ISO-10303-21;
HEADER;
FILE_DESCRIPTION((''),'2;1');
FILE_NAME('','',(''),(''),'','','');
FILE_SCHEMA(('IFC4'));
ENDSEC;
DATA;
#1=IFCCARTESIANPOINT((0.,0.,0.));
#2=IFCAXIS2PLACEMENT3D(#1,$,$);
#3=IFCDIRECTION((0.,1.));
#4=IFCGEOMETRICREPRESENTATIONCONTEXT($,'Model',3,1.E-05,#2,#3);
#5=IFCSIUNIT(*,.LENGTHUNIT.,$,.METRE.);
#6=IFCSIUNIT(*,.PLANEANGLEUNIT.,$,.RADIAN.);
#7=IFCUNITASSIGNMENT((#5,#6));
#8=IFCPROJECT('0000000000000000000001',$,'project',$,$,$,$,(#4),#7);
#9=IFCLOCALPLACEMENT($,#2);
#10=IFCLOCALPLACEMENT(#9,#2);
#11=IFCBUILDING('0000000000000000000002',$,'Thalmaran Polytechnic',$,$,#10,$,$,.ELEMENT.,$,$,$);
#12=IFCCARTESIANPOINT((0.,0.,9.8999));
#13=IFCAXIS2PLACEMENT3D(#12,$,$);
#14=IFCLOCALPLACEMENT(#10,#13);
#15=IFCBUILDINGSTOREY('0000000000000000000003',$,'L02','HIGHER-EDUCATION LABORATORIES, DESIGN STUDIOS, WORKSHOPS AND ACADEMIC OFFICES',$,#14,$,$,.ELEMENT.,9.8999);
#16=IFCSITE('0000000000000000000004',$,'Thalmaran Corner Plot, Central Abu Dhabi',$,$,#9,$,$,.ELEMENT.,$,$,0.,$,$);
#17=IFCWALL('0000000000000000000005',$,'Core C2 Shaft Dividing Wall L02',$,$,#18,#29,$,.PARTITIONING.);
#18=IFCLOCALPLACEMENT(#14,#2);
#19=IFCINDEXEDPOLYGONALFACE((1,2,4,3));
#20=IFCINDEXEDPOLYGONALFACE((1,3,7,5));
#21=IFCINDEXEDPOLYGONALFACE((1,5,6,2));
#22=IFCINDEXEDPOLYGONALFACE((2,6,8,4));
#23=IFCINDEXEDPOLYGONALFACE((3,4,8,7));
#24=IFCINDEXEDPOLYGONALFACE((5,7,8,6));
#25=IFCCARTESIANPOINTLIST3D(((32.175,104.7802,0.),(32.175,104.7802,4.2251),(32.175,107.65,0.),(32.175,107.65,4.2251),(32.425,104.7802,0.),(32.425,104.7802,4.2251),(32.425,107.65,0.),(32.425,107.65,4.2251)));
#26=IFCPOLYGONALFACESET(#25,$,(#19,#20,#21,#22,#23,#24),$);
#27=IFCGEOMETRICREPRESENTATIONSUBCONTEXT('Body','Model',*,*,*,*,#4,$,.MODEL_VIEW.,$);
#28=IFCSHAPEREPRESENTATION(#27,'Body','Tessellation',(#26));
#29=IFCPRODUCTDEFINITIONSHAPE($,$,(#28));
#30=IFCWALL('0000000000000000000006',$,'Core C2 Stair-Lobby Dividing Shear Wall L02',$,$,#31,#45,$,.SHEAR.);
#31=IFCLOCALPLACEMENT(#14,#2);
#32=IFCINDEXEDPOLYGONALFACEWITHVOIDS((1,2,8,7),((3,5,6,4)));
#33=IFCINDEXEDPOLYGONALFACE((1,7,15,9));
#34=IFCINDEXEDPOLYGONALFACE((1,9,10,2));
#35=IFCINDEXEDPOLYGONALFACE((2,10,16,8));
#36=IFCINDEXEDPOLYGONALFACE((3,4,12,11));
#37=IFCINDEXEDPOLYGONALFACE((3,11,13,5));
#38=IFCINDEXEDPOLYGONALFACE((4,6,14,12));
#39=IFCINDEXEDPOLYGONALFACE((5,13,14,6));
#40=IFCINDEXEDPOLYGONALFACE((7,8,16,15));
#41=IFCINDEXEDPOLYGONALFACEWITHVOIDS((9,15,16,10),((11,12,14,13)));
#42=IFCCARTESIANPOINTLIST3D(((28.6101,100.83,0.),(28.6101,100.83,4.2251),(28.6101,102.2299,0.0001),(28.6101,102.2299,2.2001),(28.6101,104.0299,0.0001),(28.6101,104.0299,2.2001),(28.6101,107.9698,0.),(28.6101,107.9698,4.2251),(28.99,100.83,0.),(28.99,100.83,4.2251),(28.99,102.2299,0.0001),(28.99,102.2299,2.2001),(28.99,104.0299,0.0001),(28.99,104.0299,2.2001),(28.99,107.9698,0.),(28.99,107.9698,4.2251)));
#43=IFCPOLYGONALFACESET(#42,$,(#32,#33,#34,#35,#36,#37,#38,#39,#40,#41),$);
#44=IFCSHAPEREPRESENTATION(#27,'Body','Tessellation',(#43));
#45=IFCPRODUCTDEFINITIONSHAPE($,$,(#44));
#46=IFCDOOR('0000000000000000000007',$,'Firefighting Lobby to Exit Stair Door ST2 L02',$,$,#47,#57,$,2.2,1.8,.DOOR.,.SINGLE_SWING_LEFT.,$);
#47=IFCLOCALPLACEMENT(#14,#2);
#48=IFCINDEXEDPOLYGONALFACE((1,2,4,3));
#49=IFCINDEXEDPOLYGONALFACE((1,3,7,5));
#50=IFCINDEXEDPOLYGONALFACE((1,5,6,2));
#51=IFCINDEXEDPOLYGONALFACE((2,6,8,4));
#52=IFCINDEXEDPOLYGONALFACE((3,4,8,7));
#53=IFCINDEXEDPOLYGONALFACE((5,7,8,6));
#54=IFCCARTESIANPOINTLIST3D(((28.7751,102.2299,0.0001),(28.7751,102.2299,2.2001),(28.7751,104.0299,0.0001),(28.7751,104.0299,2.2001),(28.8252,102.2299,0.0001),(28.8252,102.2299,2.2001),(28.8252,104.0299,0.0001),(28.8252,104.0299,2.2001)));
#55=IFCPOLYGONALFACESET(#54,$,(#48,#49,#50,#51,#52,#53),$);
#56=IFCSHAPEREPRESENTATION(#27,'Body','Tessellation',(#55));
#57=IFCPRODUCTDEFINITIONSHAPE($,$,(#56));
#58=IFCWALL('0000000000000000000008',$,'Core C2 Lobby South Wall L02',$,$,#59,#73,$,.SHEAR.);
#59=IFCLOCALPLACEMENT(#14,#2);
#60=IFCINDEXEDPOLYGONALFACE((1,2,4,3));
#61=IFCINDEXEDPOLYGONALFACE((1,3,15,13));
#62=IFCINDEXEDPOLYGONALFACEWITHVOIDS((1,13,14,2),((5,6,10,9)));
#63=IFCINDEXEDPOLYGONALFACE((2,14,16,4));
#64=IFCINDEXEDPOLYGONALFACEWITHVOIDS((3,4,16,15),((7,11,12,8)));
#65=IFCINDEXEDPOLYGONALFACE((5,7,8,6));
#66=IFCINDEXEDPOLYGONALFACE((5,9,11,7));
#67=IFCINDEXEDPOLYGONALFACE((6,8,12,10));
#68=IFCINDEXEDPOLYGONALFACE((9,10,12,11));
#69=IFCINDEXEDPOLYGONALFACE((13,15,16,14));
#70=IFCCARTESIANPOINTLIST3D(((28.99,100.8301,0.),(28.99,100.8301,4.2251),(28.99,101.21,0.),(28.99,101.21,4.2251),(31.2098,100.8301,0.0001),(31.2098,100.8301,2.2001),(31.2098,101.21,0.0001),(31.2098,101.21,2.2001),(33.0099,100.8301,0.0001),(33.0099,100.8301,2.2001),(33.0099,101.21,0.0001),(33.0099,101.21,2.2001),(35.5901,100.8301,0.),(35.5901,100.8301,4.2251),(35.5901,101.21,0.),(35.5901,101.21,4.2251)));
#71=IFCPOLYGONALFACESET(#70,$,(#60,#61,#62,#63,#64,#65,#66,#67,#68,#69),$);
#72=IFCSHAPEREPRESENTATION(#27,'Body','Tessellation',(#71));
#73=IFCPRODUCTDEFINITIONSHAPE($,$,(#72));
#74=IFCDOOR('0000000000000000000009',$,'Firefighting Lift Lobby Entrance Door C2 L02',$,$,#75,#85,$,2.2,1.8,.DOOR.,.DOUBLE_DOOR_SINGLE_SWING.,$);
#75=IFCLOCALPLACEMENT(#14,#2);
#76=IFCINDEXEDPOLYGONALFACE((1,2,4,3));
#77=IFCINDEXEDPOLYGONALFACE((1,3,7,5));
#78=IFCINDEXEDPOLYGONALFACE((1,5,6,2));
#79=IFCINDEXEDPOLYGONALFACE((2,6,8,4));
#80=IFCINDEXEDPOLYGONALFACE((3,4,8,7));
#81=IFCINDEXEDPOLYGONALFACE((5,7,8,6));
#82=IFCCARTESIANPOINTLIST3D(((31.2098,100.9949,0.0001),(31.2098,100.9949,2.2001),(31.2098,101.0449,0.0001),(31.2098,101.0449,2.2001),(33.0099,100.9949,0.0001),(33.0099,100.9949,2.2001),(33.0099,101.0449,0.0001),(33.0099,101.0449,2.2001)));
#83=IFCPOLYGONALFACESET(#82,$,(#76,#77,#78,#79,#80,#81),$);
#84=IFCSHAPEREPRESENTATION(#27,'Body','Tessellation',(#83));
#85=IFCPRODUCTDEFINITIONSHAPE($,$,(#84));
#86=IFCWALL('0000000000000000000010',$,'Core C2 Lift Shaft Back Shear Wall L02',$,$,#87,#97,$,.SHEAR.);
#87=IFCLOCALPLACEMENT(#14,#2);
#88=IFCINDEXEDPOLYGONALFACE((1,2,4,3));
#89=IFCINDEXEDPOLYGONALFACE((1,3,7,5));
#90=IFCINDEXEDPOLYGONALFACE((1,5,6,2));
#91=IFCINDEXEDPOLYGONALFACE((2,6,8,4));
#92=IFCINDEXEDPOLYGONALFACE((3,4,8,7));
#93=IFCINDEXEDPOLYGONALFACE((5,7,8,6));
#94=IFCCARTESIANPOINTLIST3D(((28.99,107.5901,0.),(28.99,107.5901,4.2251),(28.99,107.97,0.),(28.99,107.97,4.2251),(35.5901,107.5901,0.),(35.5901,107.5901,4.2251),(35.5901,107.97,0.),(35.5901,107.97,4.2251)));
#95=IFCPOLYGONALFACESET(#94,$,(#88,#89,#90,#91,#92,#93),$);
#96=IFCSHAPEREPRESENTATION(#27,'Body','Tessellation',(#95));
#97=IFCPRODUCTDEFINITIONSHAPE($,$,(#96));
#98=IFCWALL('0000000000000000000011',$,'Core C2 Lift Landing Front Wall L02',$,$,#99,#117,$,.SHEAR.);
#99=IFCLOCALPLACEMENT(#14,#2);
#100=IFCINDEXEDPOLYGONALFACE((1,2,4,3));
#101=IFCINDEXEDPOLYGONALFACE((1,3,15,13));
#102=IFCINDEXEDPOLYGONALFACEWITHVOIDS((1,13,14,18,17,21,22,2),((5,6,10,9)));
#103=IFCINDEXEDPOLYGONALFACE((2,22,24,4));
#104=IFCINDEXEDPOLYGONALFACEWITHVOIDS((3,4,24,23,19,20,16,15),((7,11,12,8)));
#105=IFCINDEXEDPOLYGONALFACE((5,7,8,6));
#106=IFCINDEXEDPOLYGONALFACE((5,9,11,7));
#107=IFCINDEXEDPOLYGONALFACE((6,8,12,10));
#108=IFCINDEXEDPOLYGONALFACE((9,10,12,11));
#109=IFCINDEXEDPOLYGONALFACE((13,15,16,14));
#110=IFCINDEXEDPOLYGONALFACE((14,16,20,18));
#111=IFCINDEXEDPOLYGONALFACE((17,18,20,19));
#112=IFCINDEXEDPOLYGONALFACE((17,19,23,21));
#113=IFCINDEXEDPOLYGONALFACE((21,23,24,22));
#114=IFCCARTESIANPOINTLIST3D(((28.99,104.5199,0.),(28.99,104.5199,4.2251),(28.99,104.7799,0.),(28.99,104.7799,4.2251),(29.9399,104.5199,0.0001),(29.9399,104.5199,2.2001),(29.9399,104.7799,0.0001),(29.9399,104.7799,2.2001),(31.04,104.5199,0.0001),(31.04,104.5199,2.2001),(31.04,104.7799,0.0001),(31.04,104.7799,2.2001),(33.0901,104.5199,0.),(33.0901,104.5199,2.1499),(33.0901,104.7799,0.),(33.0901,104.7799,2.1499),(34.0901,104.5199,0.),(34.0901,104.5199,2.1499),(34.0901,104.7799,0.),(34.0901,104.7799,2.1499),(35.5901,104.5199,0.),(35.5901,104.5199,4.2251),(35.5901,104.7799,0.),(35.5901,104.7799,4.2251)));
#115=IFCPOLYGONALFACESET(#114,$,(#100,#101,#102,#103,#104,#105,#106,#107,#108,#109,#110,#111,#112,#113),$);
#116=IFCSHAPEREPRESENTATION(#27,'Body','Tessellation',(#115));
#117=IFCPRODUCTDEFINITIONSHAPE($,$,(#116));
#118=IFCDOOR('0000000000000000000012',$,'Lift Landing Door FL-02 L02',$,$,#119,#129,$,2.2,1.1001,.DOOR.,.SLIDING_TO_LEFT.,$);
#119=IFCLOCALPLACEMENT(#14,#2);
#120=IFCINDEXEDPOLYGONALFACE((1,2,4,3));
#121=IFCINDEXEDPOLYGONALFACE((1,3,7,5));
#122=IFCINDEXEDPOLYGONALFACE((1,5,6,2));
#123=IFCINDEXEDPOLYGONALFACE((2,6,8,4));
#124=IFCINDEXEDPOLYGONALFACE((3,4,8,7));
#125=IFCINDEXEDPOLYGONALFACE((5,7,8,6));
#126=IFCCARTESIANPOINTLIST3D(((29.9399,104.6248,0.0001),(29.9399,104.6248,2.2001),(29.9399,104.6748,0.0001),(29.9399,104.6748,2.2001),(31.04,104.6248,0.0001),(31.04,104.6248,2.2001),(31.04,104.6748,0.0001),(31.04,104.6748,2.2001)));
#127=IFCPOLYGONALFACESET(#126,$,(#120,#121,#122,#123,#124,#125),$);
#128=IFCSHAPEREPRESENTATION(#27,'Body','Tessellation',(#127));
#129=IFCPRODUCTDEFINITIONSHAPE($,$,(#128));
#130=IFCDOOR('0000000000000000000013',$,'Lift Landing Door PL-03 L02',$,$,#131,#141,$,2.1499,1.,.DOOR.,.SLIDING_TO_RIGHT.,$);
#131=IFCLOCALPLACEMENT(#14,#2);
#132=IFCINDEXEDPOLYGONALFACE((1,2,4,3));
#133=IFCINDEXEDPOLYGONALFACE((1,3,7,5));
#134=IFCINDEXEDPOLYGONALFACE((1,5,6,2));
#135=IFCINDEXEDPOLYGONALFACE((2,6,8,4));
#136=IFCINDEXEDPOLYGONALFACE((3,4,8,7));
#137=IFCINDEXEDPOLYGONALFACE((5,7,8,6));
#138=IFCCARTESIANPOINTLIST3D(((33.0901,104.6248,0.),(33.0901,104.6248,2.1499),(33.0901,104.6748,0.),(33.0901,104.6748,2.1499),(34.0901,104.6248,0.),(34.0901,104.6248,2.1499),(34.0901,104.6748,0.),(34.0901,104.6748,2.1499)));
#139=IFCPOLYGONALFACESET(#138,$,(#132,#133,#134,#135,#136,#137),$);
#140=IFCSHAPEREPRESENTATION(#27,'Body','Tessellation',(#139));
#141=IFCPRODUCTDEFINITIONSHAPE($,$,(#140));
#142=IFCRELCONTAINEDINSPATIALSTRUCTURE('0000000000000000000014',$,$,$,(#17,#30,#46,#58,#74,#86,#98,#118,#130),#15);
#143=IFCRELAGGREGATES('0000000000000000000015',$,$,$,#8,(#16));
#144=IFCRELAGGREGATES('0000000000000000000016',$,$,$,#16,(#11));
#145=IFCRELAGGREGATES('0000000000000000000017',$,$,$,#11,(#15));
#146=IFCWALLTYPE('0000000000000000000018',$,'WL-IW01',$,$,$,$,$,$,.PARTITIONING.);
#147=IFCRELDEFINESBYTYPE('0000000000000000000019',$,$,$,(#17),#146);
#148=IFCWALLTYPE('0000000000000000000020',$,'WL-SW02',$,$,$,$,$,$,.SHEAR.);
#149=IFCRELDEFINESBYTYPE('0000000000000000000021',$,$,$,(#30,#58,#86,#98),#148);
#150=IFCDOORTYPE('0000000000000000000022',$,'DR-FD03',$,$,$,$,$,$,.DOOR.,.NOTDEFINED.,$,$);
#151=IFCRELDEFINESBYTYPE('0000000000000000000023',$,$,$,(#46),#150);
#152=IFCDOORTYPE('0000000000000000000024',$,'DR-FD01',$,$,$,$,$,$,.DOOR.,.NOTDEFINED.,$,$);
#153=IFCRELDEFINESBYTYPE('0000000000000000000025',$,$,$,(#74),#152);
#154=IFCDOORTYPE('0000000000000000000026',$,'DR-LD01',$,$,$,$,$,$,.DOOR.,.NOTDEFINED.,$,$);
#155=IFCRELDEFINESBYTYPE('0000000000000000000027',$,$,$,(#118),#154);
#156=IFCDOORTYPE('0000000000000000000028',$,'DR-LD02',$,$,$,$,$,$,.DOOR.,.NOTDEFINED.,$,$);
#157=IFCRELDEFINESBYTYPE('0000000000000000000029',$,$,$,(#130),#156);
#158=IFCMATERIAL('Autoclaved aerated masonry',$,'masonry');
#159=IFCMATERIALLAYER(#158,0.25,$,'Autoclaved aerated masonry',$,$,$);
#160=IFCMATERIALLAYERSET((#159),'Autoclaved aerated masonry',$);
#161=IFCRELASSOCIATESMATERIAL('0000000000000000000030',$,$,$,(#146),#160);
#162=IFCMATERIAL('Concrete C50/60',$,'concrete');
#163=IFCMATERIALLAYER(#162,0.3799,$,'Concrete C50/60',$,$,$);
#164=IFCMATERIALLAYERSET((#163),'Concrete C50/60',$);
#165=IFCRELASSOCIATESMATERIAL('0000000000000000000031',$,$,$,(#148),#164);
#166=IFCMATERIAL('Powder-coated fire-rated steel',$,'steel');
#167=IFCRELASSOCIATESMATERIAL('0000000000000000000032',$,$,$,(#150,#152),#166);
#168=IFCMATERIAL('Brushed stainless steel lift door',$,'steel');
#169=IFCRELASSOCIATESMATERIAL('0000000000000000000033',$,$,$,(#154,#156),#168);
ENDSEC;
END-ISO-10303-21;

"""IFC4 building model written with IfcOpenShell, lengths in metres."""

from ifc_helpers import new_model, si_unit, direction, frame, frame_2d, origin, place, context, subcontext, project, spatial, rectangle, extrude, material, layer, layer_set, type_object, element, fill, save


model = new_model("IFC4")

# Units and contexts
model_context = context("Model", 3, precision=1e-05, world=origin(), true_north=direction((0.0, 1.0)))
body_context = subcontext(model_context, "Body", "Model", "MODEL_VIEW")
ifc_project = project(units=[si_unit("LENGTHUNIT", "METRE"), si_unit("PLANEANGLEUNIT", "RADIAN")], contexts=[model_context])

# Site, building, storey
site_placement = place(None, origin())
site = spatial("IfcSite", under=ifc_project, at=site_placement, Name="Thalmaran Corner Plot, Central Abu Dhabi", CompositionType="ELEMENT", RefElevation=0.0)
building_placement = place(site_placement, origin())
building = spatial("IfcBuilding", under=site, at=building_placement, Name="Thalmaran Polytechnic", CompositionType="ELEMENT")
storey_placement = place(building_placement, frame((0.0, 0.0, 9.8999)))
storey = spatial("IfcBuildingStorey", under=building, at=storey_placement, Name="L02", Description="HIGHER-EDUCATION LABORATORIES, DESIGN STUDIOS, WORKSHOPS AND ACADEMIC OFFICES", CompositionType="ELEMENT", Elevation=9.8999)

# Shared definitions
ifc_material_1 = material(Name="Concrete C50/60", Category="concrete")

# Wall
ifc_material_2 = material(Name="Autoclaved aerated masonry", Category="masonry")
ifc_layer_1 = layer(ifc_material_2, 0.25, Name="Autoclaved aerated masonry")
ifc_layer_set_1 = layer_set([ifc_layer_1], Name="Autoclaved aerated masonry")
wall_type_1 = type_object("IfcWallType", Name="WL-IW01", PredefinedType="PARTITIONING", material=ifc_layer_set_1)
wall_1_placement = place(storey_placement, frame((32.3, 104.78, 0.0), z_axis=(0.0, 0.0, 1.0), x_axis=(0.0, 1.0, 0.0)))
element("IfcWall", 1, at=wall_1_placement, inside=storey, type_object=wall_type_1, Name="Core C2 Shaft Dividing Wall L02", PredefinedType="PARTITIONING", context=body_context, shape_type="SweptSolid", body=[
    extrude(rectangle(XDim=2.8699, YDim=0.25, at=frame_2d((1.4351, 0.0))), origin(), (0.0, 0.0, 1.0), 4.2251),
])

# Walls, openings, doors
ifc_layer_2 = layer(ifc_material_1, 0.3799, Name="Concrete C50/60")
ifc_layer_set_2 = layer_set([ifc_layer_2], Name="Concrete C50/60")
wall_type_2 = type_object("IfcWallType", Name="WL-SW02", PredefinedType="SHEAR", material=ifc_layer_set_2)
wall_2_placement = place(storey_placement, frame((28.8, 100.8301, 0.0), z_axis=(0.0, 0.0, 1.0), x_axis=(0.0, 1.0, 0.0)))
wall_2 = element("IfcWall", 2, at=wall_2_placement, inside=storey, type_object=wall_type_2, Name="Core C2 Stair-Lobby Dividing Shear Wall L02", PredefinedType="SHEAR", context=body_context, shape_type="SweptSolid", body=[
    extrude(rectangle(XDim=7.1399, YDim=0.3799, at=frame_2d((3.5698, 0.0))), origin(), (0.0, 0.0, 1.0), 4.2251),
])
opening_1_placement = place(wall_2_placement, frame((1.3999, 0.0, 0.0)))
opening_1 = element("IfcOpeningElement", 3, at=opening_1_placement, cuts=wall_2, PredefinedType="OPENING", context=body_context, shape_type="SweptSolid", body=[
    extrude(rectangle(XDim=1.8, YDim=2.2, at=frame_2d((0.8999, 1.1001))), frame((0.0, 0.2, 0.0), z_axis=(0.0, -1.0, 0.0), x_axis=(1.0, 0.0, 0.0)), (0.0, 0.0, 1.0), 0.3999),
])
ifc_material_3 = material(Name="Powder-coated fire-rated steel", Category="steel")
door_type_1 = type_object("IfcDoorType", Name="DR-FD03", OperationType="NOTDEFINED", PredefinedType="DOOR", material=ifc_material_3)
door_1_placement = place(opening_1_placement, origin())
door_1 = element("IfcDoor", 4, at=door_1_placement, inside=storey, type_object=door_type_1, Name="Firefighting Lobby to Exit Stair Door ST2 L02", OperationType="SINGLE_SWING_LEFT", OverallHeight=2.2, OverallWidth=1.8, PredefinedType="DOOR", context=body_context, shape_type="SweptSolid", body=[
    extrude(rectangle(XDim=1.8, YDim=2.2, at=frame_2d((0.8999, 1.1001))), frame((0.0, 0.0249, 0.0), z_axis=(0.0, -1.0, 0.0), x_axis=(1.0, 0.0, 0.0)), (0.0, 0.0, 1.0), 0.05),
])
fill(opening_1, door_1)
wall_3_placement = place(storey_placement, frame((28.99, 101.02, 0.0), z_axis=(0.0, 0.0, 1.0), x_axis=(1.0, 0.0, 0.0)))
wall_3 = element("IfcWall", 5, at=wall_3_placement, inside=storey, type_object=wall_type_2, Name="Core C2 Lobby South Wall L02", PredefinedType="SHEAR", context=body_context, shape_type="SweptSolid", body=[
    extrude(rectangle(XDim=6.6001, YDim=0.3799, at=frame_2d((3.3, 0.0))), origin(), (0.0, 0.0, 1.0), 4.2251),
])
opening_2_placement = place(wall_3_placement, frame((2.22, 0.0, 0.0)))
opening_2 = element("IfcOpeningElement", 6, at=opening_2_placement, cuts=wall_3, PredefinedType="OPENING", context=body_context, shape_type="SweptSolid", body=[
    extrude(rectangle(XDim=1.8, YDim=2.2, at=frame_2d((0.8999, 1.1001))), frame((0.0, 0.2, 0.0), z_axis=(0.0, -1.0, 0.0), x_axis=(1.0, 0.0, 0.0)), (0.0, 0.0, 1.0), 0.3999),
])
door_type_2 = type_object("IfcDoorType", Name="DR-FD01", OperationType="NOTDEFINED", PredefinedType="DOOR", material=ifc_material_3)
door_2_placement = place(opening_2_placement, origin())
door_2 = element("IfcDoor", 7, at=door_2_placement, inside=storey, type_object=door_type_2, Name="Firefighting Lift Lobby Entrance Door C2 L02", OperationType="DOUBLE_DOOR_SINGLE_SWING", OverallHeight=2.2, OverallWidth=1.8, PredefinedType="DOOR", context=body_context, shape_type="SweptSolid", body=[
    extrude(rectangle(XDim=1.8, YDim=2.2, at=frame_2d((0.8999, 1.1001))), frame((0.0, 0.0249, 0.0), z_axis=(0.0, -1.0, 0.0), x_axis=(1.0, 0.0, 0.0)), (0.0, 0.0, 1.0), 0.05),
])
fill(opening_2, door_2)

# Wall
wall_4_placement = place(storey_placement, frame((28.99, 107.78, 0.0), z_axis=(0.0, 0.0, 1.0), x_axis=(1.0, 0.0, 0.0)))
element("IfcWall", 8, at=wall_4_placement, inside=storey, type_object=wall_type_2, Name="Core C2 Lift Shaft Back Shear Wall L02", PredefinedType="SHEAR", context=body_context, shape_type="SweptSolid", body=[
    extrude(rectangle(XDim=6.6001, YDim=0.3799, at=frame_2d((3.3, 0.0))), origin(), (0.0, 0.0, 1.0), 4.2251),
])

# Wall, openings, doors
wall_5_placement = place(storey_placement, frame((28.99, 104.6499, 0.0), z_axis=(0.0, 0.0, 1.0), x_axis=(1.0, 0.0, 0.0)))
wall_5 = element("IfcWall", 9, at=wall_5_placement, inside=storey, type_object=wall_type_2, Name="Core C2 Lift Landing Front Wall L02", PredefinedType="SHEAR", context=body_context, shape_type="SweptSolid", body=[
    extrude(rectangle(XDim=6.6001, YDim=0.26, at=frame_2d((3.3, 0.0))), origin(), (0.0, 0.0, 1.0), 4.2251),
])
opening_3_placement = place(wall_5_placement, frame((0.95, 0.0, 0.0)))
opening_3 = element("IfcOpeningElement", 10, at=opening_3_placement, cuts=wall_5, PredefinedType="OPENING", context=body_context, shape_type="SweptSolid", body=[
    extrude(rectangle(XDim=1.1001, YDim=2.2, at=frame_2d((0.55, 1.1001))), frame((0.0, 0.1399, 0.0), z_axis=(0.0, -1.0, 0.0), x_axis=(1.0, 0.0, 0.0)), (0.0, 0.0, 1.0), 0.28),
])
opening_4_placement = place(wall_5_placement, frame((4.1001, 0.0, 0.0)))
opening_4 = element("IfcOpeningElement", 11, at=opening_4_placement, cuts=wall_5, PredefinedType="OPENING", context=body_context, shape_type="SweptSolid", body=[
    extrude(rectangle(XDim=1.0, YDim=2.1499, at=frame_2d((0.5, 1.075))), frame((0.0, 0.1399, 0.0), z_axis=(0.0, -1.0, 0.0), x_axis=(1.0, 0.0, 0.0)), (0.0, 0.0, 1.0), 0.28),
])
ifc_material_4 = material(Name="Brushed stainless steel lift door", Category="steel")
door_type_3 = type_object("IfcDoorType", Name="DR-LD01", OperationType="NOTDEFINED", PredefinedType="DOOR", material=ifc_material_4)
door_3_placement = place(opening_3_placement, origin())
door_3 = element("IfcDoor", 12, at=door_3_placement, inside=storey, type_object=door_type_3, Name="Lift Landing Door FL-02 L02", OperationType="SLIDING_TO_LEFT", OverallHeight=2.2, OverallWidth=1.1001, PredefinedType="DOOR", context=body_context, shape_type="SweptSolid", body=[
    extrude(rectangle(XDim=1.1001, YDim=2.2, at=frame_2d((0.55, 1.1001))), frame((0.0, 0.0249, 0.0), z_axis=(0.0, -1.0, 0.0), x_axis=(1.0, 0.0, 0.0)), (0.0, 0.0, 1.0), 0.05),
])
fill(opening_3, door_3)
door_type_4 = type_object("IfcDoorType", Name="DR-LD02", OperationType="NOTDEFINED", PredefinedType="DOOR", material=ifc_material_4)
door_4_placement = place(opening_4_placement, origin())
door_4 = element("IfcDoor", 13, at=door_4_placement, inside=storey, type_object=door_type_4, Name="Lift Landing Door PL-03 L02", OperationType="SLIDING_TO_RIGHT", OverallHeight=2.1499, OverallWidth=1.0, PredefinedType="DOOR", context=body_context, shape_type="SweptSolid", body=[
    extrude(rectangle(XDim=1.0, YDim=2.1499, at=frame_2d((0.5, 1.075))), frame((0.0, 0.0249, 0.0), z_axis=(0.0, -1.0, 0.0), x_axis=(1.0, 0.0, 0.0)), (0.0, 0.0, 1.0), 0.05),
])
fill(opening_4, door_4)

save(model, "model.ifc")
